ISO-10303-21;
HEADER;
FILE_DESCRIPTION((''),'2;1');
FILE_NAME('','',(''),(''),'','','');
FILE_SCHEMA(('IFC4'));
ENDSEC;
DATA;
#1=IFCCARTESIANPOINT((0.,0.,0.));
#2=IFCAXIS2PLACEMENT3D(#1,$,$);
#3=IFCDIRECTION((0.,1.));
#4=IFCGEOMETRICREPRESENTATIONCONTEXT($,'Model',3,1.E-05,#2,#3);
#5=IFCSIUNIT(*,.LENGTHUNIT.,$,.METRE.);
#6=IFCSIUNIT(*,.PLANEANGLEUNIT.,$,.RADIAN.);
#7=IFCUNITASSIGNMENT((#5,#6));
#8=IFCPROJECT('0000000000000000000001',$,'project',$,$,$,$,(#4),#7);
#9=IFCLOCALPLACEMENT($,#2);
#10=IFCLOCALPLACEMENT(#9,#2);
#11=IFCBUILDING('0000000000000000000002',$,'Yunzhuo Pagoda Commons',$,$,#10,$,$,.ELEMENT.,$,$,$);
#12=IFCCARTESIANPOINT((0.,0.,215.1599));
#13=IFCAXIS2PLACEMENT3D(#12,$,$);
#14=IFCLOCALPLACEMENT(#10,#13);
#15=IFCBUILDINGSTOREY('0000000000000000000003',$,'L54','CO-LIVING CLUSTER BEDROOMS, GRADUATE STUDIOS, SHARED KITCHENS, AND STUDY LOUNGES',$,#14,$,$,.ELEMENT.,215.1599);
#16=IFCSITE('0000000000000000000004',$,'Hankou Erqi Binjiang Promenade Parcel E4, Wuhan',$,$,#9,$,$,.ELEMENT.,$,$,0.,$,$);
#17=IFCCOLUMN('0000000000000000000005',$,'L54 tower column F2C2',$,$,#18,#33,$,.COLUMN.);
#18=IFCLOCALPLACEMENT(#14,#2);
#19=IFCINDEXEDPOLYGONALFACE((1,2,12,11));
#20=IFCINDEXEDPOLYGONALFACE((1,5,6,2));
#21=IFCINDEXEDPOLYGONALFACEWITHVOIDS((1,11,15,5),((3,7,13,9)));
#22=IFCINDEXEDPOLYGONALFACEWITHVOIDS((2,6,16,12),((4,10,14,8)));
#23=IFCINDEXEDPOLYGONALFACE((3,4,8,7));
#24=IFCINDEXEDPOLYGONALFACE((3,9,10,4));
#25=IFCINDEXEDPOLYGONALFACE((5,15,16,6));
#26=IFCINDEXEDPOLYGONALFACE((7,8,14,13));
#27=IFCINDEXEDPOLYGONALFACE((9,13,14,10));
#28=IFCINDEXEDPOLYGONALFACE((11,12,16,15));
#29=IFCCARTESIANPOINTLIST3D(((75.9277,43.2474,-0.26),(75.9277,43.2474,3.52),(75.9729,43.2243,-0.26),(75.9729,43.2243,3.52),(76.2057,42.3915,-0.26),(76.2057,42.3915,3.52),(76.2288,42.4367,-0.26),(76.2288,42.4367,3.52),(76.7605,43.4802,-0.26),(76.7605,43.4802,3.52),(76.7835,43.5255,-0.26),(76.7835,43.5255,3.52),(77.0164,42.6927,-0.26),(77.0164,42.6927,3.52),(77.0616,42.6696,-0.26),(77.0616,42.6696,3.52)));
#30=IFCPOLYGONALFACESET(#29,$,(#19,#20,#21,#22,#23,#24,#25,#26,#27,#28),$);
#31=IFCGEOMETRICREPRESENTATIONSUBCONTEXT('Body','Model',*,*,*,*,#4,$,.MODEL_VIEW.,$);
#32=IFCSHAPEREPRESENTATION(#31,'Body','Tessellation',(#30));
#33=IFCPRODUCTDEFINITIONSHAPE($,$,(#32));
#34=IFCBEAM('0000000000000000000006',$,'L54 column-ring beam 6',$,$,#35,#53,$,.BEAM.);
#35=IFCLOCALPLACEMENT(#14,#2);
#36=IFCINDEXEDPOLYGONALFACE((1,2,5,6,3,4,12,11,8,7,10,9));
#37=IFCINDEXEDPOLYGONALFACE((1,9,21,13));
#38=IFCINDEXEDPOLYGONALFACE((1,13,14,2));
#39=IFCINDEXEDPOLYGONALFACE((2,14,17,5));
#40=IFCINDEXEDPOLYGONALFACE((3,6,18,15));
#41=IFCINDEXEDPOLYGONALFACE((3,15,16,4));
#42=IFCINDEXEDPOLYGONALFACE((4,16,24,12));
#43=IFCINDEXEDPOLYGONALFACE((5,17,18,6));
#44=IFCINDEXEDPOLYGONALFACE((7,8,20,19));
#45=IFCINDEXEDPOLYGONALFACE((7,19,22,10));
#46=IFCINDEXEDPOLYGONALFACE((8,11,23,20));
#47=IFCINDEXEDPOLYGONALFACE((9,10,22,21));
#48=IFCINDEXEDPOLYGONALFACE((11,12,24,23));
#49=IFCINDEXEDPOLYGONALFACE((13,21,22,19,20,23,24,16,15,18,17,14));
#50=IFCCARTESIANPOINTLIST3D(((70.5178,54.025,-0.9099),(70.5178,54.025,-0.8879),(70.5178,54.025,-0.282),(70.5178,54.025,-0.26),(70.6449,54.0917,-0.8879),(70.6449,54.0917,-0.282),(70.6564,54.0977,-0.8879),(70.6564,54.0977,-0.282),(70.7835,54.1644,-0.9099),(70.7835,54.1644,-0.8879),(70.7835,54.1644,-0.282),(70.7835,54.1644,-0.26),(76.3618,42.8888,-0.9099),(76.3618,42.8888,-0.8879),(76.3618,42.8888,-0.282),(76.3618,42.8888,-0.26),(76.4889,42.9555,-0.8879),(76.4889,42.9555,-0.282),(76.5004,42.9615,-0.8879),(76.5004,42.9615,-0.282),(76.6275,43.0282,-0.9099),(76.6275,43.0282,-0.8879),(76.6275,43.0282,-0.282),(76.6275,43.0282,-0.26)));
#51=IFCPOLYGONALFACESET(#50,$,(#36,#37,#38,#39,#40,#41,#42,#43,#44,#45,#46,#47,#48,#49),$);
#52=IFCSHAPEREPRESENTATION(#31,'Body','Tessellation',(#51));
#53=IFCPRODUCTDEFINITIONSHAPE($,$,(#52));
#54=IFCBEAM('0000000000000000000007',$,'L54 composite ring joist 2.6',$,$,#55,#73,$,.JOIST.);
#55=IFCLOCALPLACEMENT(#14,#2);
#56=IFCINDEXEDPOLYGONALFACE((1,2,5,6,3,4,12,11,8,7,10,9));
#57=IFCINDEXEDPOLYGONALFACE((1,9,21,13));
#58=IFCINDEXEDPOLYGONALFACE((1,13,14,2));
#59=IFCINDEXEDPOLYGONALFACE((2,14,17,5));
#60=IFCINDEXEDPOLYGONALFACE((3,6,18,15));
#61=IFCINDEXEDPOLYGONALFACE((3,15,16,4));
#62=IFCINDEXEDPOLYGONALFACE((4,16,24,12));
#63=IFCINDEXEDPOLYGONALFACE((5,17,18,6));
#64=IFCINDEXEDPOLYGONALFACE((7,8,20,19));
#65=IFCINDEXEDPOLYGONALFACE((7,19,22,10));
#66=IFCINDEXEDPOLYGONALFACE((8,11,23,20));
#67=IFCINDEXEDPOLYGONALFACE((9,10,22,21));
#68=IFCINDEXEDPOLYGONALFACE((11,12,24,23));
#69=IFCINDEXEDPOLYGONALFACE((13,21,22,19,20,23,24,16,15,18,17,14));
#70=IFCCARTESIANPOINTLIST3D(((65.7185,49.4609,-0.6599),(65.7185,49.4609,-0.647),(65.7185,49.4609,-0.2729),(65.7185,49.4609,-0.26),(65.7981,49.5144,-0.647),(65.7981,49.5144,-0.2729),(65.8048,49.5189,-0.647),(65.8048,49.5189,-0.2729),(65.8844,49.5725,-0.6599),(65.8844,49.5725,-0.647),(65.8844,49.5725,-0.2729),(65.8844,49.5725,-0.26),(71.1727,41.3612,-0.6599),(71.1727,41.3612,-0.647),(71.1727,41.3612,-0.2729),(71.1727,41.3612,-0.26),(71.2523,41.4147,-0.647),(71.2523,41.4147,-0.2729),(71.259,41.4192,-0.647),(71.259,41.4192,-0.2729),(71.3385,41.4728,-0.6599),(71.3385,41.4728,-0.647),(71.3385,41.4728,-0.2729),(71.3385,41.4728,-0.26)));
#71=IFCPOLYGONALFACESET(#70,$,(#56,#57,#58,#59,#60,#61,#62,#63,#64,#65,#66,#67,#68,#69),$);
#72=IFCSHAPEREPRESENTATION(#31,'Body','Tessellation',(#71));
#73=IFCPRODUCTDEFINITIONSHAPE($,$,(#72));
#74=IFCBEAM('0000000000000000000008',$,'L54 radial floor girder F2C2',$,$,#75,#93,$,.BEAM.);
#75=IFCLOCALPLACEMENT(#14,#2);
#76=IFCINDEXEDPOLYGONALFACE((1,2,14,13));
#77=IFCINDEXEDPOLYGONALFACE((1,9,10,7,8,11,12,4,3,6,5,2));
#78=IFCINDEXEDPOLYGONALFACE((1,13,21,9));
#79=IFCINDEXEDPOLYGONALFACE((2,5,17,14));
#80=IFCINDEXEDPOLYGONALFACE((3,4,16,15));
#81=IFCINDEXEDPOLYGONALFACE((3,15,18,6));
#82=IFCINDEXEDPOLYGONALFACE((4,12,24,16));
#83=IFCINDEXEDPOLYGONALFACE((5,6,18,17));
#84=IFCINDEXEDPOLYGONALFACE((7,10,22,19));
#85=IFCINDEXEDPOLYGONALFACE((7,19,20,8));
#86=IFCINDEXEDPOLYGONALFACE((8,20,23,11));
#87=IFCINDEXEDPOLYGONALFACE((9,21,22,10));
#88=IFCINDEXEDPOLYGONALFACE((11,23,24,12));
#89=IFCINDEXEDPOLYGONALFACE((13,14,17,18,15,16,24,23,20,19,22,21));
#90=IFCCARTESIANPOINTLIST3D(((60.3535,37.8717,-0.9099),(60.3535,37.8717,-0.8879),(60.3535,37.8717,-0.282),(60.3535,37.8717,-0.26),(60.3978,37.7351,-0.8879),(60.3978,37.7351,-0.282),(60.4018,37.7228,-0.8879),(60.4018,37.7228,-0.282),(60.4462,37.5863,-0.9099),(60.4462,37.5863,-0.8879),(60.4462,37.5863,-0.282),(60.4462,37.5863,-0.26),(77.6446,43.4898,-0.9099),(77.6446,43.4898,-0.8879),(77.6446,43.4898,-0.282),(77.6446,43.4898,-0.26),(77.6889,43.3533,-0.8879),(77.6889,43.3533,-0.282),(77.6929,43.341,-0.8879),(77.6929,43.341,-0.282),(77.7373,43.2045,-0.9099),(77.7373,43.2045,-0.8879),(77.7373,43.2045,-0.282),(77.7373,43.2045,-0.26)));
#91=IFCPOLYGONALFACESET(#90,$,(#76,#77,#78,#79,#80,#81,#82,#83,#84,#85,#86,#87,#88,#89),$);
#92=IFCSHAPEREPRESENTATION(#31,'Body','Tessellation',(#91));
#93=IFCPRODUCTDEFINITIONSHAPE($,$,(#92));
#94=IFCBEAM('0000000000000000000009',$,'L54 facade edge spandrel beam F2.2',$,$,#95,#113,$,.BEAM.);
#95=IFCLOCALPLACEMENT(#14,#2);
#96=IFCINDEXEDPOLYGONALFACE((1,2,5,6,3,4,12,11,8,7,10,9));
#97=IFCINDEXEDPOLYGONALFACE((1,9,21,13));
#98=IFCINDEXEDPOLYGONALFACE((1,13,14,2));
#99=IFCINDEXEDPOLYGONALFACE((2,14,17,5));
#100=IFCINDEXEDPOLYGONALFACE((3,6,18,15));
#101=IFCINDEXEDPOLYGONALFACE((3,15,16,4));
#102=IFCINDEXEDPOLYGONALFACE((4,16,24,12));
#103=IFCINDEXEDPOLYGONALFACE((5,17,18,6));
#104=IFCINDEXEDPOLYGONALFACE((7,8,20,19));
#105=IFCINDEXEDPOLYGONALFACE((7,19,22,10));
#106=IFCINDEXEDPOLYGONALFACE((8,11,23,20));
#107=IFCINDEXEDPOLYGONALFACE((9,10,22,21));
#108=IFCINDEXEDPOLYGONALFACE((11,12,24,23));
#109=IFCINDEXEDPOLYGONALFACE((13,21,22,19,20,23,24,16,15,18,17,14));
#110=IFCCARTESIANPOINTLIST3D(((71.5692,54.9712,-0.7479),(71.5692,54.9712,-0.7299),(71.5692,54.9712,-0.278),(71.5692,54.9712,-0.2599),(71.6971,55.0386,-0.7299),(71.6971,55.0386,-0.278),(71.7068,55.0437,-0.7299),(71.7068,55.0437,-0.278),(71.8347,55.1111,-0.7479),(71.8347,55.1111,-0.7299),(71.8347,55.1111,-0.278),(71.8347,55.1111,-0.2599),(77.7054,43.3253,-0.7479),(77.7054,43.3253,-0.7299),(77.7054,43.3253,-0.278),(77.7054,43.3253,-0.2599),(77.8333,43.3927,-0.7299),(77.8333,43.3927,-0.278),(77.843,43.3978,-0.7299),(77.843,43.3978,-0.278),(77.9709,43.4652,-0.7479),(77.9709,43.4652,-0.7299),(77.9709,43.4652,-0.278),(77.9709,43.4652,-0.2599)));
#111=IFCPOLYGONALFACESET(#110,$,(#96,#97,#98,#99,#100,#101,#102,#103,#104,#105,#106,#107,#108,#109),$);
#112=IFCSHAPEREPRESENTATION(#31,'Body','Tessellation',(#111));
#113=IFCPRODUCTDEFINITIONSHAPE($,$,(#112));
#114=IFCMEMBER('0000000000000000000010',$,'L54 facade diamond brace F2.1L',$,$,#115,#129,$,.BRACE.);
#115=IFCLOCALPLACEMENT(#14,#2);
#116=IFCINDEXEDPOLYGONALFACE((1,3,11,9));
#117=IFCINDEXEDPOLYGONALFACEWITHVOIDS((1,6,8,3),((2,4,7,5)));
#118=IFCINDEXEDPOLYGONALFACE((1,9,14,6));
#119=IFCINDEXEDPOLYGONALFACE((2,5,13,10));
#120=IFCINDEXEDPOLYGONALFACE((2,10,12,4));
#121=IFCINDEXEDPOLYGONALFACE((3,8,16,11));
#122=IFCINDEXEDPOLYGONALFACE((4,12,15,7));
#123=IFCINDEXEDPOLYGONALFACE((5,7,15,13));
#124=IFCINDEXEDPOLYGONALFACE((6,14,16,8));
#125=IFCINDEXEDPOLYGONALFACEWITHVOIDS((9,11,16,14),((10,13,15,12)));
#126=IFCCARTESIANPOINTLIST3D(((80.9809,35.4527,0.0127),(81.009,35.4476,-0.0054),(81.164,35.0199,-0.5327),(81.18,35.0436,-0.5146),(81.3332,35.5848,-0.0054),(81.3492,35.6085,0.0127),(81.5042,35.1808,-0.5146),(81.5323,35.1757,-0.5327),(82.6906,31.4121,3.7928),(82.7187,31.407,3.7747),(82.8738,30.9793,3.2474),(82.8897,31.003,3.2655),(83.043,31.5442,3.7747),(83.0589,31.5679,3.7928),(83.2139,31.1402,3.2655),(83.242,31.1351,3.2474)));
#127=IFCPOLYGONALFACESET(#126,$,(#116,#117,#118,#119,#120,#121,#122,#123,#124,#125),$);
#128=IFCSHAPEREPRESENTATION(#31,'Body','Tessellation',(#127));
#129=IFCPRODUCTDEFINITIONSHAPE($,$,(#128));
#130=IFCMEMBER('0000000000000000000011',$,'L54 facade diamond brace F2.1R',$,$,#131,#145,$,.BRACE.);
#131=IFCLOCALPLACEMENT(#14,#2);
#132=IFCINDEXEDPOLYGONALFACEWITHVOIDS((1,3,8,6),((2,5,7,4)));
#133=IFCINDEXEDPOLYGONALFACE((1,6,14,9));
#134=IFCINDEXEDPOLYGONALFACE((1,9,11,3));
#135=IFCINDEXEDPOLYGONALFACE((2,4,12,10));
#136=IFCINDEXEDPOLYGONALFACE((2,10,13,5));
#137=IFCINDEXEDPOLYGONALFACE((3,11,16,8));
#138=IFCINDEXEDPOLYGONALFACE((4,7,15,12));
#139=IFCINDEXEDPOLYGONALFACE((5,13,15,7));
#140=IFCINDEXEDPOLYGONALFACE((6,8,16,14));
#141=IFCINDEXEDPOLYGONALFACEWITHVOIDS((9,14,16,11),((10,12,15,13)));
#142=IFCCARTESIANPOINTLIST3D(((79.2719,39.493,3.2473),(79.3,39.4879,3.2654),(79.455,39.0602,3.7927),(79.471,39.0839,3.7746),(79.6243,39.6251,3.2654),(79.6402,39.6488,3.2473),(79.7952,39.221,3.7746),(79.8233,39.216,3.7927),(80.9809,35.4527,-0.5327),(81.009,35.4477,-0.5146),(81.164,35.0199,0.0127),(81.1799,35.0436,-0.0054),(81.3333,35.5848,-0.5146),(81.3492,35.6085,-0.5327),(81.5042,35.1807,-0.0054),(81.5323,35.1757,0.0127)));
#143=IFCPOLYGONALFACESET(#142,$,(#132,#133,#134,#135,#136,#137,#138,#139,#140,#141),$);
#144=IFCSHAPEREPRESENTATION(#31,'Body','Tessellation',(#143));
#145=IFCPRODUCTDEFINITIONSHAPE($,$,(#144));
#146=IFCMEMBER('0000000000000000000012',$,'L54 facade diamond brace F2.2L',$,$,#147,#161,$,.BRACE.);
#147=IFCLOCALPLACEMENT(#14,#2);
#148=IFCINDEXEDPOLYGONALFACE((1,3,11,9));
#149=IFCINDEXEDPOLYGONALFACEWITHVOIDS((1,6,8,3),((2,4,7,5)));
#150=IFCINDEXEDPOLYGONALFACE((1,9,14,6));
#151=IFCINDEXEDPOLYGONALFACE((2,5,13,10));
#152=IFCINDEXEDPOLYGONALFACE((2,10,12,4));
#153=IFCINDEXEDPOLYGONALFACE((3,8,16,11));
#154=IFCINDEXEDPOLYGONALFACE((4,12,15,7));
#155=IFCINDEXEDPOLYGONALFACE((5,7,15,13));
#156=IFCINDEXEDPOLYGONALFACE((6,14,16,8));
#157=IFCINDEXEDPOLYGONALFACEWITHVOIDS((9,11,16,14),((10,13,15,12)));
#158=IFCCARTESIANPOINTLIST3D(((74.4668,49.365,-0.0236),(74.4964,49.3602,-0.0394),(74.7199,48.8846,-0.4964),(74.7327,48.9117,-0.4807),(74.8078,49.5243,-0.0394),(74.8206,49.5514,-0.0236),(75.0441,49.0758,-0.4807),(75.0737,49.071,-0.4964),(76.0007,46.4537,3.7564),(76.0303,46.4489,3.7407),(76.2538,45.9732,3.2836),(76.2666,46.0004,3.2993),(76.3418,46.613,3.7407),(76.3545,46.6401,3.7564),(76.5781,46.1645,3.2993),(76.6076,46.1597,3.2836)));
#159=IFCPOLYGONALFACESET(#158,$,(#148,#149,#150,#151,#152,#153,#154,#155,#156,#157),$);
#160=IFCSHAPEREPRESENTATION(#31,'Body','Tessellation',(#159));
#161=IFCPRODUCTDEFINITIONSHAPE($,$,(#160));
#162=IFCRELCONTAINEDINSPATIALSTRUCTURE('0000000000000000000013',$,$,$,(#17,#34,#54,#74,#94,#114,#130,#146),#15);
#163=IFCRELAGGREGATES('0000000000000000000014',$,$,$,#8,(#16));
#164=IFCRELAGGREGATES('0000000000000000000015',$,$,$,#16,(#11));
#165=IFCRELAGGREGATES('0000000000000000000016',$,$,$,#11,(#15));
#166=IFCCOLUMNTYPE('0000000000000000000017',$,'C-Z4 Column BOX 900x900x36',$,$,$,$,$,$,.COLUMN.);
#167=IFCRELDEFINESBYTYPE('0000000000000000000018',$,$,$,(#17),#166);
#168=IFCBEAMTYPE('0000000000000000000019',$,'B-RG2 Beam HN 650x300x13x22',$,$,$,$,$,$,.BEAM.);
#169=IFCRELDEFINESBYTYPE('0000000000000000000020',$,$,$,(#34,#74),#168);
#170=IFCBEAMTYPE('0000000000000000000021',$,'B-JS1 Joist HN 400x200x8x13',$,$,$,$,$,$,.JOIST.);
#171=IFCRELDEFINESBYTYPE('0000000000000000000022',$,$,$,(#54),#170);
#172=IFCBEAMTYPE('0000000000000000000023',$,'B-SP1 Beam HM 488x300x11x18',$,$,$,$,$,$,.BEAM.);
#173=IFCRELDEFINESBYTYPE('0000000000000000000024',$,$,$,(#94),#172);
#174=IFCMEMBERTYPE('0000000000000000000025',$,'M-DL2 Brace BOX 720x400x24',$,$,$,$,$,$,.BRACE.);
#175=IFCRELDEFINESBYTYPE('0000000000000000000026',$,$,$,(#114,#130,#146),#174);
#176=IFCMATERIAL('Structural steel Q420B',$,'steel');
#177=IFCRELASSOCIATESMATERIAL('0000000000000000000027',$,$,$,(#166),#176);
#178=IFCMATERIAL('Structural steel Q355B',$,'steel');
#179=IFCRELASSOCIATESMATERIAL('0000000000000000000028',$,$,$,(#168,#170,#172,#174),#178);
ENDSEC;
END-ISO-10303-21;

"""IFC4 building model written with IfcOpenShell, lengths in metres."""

from ifc_helpers import new_model, si_unit, direction, frame, origin, origin_2d, place, context, subcontext, project, spatial, hollow_rectangle, i_section, extrude, source, transform, mapped, material, material_profile, profile_set, type_object, element, save


model = new_model("IFC4")

# Units and contexts
model_context = context("Model", 3, precision=1e-05, world=origin(), true_north=direction((0.0, 1.0)))
body_context = subcontext(model_context, "Body", "Model", "MODEL_VIEW")
ifc_project = project(units=[si_unit("LENGTHUNIT", "METRE"), si_unit("PLANEANGLEUNIT", "RADIAN")], contexts=[model_context])

# Site, building, storey
site_placement = place(None, origin())
site = spatial("IfcSite", under=ifc_project, at=site_placement, Name="Hankou Erqi Binjiang Promenade Parcel E4, Wuhan", CompositionType="ELEMENT", RefElevation=0.0)
building_placement = place(site_placement, origin())
building = spatial("IfcBuilding", under=site, at=building_placement, Name="Yunzhuo Pagoda Commons", CompositionType="ELEMENT")
storey_placement = place(building_placement, frame((0.0, 0.0, 215.1599)))
storey = spatial("IfcBuildingStorey", under=building, at=storey_placement, Name="L54", Description="CO-LIVING CLUSTER BEDROOMS, GRADUATE STUDIOS, SHARED KITCHENS, AND STUDY LOUNGES", CompositionType="ELEMENT", Elevation=215.1599)

# Column
ifc_material_1 = material(Name="Structural steel Q420B", Category="steel")
ifc_material_profile_1 = material_profile(ifc_material_1, hollow_rectangle(XDim=0.8999, YDim=0.8999, WallThickness=0.0359, at=origin_2d()), Name="Structural steel Q420B")
ifc_profile_set_1 = profile_set([ifc_material_profile_1], Name="Structural steel Q420B")
column_type = type_object("IfcColumnType", Name="C-Z4 Column BOX 900x900x36", PredefinedType="COLUMN", material=ifc_profile_set_1)
shared_shape_1 = source(origin(), body_context, "Body", "SweptSolid", [
    extrude(hollow_rectangle(XDim=0.8999, YDim=0.8999, WallThickness=0.0359, at=origin_2d()), origin(), (0.0, 0.0, 1.0), 3.78),
])
column_placement = place(storey_placement, frame((76.4946, 42.9585, -0.26), z_axis=(0.0, 0.0, 1.0), x_axis=(-0.309017, 0.951057, 0.0)))
element("IfcColumn", 1, at=column_placement, inside=storey, type_object=column_type, Name="L54 tower column F2C2", PredefinedType="COLUMN", context=body_context, shape_type="MappedRepresentation", body=[
    mapped(shared_shape_1, transform((0.0, 0.0, 0.0), scale=1.0)),
])

# Beams
ifc_material_2 = material(Name="Structural steel Q355B", Category="steel")
ifc_material_profile_2 = material_profile(ifc_material_2, i_section(OverallWidth=0.3, OverallDepth=0.6499, WebThickness=0.0129, FlangeThickness=0.022, at=origin_2d()), Name="Structural steel Q355B")
ifc_profile_set_2 = profile_set([ifc_material_profile_2], Name="Structural steel Q355B")
beam_type_1 = type_object("IfcBeamType", Name="B-RG2 Beam HN 650x300x13x22", PredefinedType="BEAM", material=ifc_profile_set_2)
shared_shape_2 = source(origin(), body_context, "Body", "SweptSolid", [
    extrude(i_section(OverallWidth=0.3, OverallDepth=0.6499, WebThickness=0.0129, FlangeThickness=0.022, at=origin_2d()), origin(), (0.0, 0.0, 1.0), 12.5764),
])
beam_1_placement = place(storey_placement, frame((76.4946, 42.9585, -0.585), z_axis=(-0.464676, 0.885481, 0.0), x_axis=(-0.885481, -0.464676, 0.0)))
element("IfcBeam", 2, at=beam_1_placement, inside=storey, type_object=beam_type_1, Name="L54 column-ring beam 6", PredefinedType="BEAM", context=body_context, shape_type="MappedRepresentation", body=[
    mapped(shared_shape_2, transform((0.0, 0.0, 0.0), scale=1.0)),
])
ifc_material_profile_3 = material_profile(ifc_material_2, i_section(OverallWidth=0.2, OverallDepth=0.3999, WebThickness=0.0081, FlangeThickness=0.0129, at=origin_2d()), Name="Structural steel Q355B")
ifc_profile_set_3 = profile_set([ifc_material_profile_3], Name="Structural steel Q355B")
beam_type_2 = type_object("IfcBeamType", Name="B-JS1 Joist HN 400x200x8x13", PredefinedType="JOIST", material=ifc_profile_set_3)
shared_shape_3 = source(origin(), body_context, "Body", "SweptSolid", [
    extrude(i_section(OverallWidth=0.2, OverallDepth=0.3999, WebThickness=0.0081, FlangeThickness=0.0129, at=origin_2d()), origin(), (0.0, 0.0, 1.0), 9.7649),
])
beam_2_placement = place(storey_placement, frame((71.2556, 41.417, -0.46), z_axis=(-0.558548, 0.829472, 0.0), x_axis=(-0.829472, -0.558548, 0.0)))
element("IfcBeam", 3, at=beam_2_placement, inside=storey, type_object=beam_type_2, Name="L54 composite ring joist 2.6", PredefinedType="JOIST", context=body_context, shape_type="MappedRepresentation", body=[
    mapped(shared_shape_3, transform((0.0, 0.0, 0.0), scale=1.0)),
])
shared_shape_4 = source(origin(), body_context, "Body", "SweptSolid", [
    extrude(i_section(OverallWidth=0.3, OverallDepth=0.6499, WebThickness=0.0129, FlangeThickness=0.022, at=origin_2d()), origin(), (0.0, 0.0, 1.0), 18.1809),
])
beam_3_placement = place(storey_placement, frame((77.6909, 43.3472, -0.585), z_axis=(-0.951057, -0.309016, 0.0), x_axis=(0.309016, -0.951057, 0.0)))
element("IfcBeam", 4, at=beam_3_placement, inside=storey, type_object=beam_type_1, Name="L54 radial floor girder F2C2", PredefinedType="BEAM", context=body_context, shape_type="MappedRepresentation", body=[
    mapped(shared_shape_4, transform((0.0, 0.0, 0.0), scale=1.0)),
])
ifc_material_profile_4 = material_profile(ifc_material_2, i_section(OverallWidth=0.3, OverallDepth=0.488, WebThickness=0.011, FlangeThickness=0.0181, at=origin_2d()), Name="Structural steel Q355B")
ifc_profile_set_4 = profile_set([ifc_material_profile_4], Name="Structural steel Q355B")
beam_type_3 = type_object("IfcBeamType", Name="B-SP1 Beam HM 488x300x11x18", PredefinedType="BEAM", material=ifc_profile_set_4)
shared_shape_5 = source(origin(), body_context, "Body", "SweptSolid", [
    extrude(i_section(OverallWidth=0.3, OverallDepth=0.488, WebThickness=0.011, FlangeThickness=0.0181, at=origin_2d()), origin(), (0.0, 0.0, 1.0), 13.1636),
])
beam_4_placement = place(storey_placement, frame((77.8381, 43.3953, -0.5039), z_axis=(-0.466148, 0.884707, 0.0), x_axis=(-0.884707, -0.466148, 0.0)))
element("IfcBeam", 5, at=beam_4_placement, inside=storey, type_object=beam_type_3, Name="L54 facade edge spandrel beam F2.2", PredefinedType="BEAM", context=body_context, shape_type="MappedRepresentation", body=[
    mapped(shared_shape_5, transform((0.0, 0.0, 0.0), scale=1.0)),
])

# Members
ifc_material_profile_5 = material_profile(ifc_material_2, hollow_rectangle(XDim=0.3999, YDim=0.72, WallThickness=0.0239, at=origin_2d()), Name="Structural steel Q355B")
ifc_profile_set_5 = profile_set([ifc_material_profile_5], Name="Structural steel Q355B")
member_type_1 = type_object("IfcMemberType", Name="M-DL2 Brace BOX 720x400x24", PredefinedType="BRACE", material=ifc_profile_set_5)
shared_shape_6 = source(origin(), body_context, "Body", "SweptSolid", [
    extrude(hollow_rectangle(XDim=0.3999, YDim=0.72, WallThickness=0.0239, at=origin_2d()), origin(), (0.0, 0.0, 1.0), 5.7913),
])
member_1_placement = place(storey_placement, frame((81.2566, 35.3142, -0.26), z_axis=(0.295228, -0.697705, 0.652723), x_axis=(0.920946, 0.389691, 0.0)))
element("IfcMember", 6, at=member_1_placement, inside=storey, type_object=member_type_1, Name="L54 facade diamond brace F2.1L", PredefinedType="BRACE", context=body_context, shape_type="MappedRepresentation", body=[
    mapped(shared_shape_6, transform((0.0, 0.0, 0.0), scale=1.0)),
])
shared_shape_7 = source(origin(), body_context, "Body", "SweptSolid", [
    extrude(hollow_rectangle(XDim=0.3999, YDim=0.72, WallThickness=0.0239, at=origin_2d()), origin(), (0.0, 0.0, 1.0), 5.7908),
])
member_2_placement = place(storey_placement, frame((81.2566, 35.3142, -0.26), z_axis=(-0.295122, 0.69771, 0.652767), x_axis=(-0.920997, -0.389569, 0.0)))
element("IfcMember", 7, at=member_2_placement, inside=storey, type_object=member_type_1, Name="L54 facade diamond brace F2.1R", PredefinedType="BRACE", context=body_context, shape_type="MappedRepresentation", body=[
    mapped(shared_shape_7, transform((0.0, 0.0, 0.0), scale=1.0)),
])
shared_shape_8 = source(origin(), body_context, "Body", "SweptSolid", [
    extrude(hollow_rectangle(XDim=0.3999, YDim=0.72, WallThickness=0.0239, at=origin_2d()), origin(), (0.0, 0.0, 1.0), 5.0117),
])
member_3_placement = place(storey_placement, frame((74.7703, 49.218, -0.26), z_axis=(0.306067, -0.58091, 0.754233), x_axis=(0.884714, 0.466135, 0.0)))
element("IfcMember", 8, at=member_3_placement, inside=storey, type_object=member_type_1, Name="L54 facade diamond brace F2.2L", PredefinedType="BRACE", context=body_context, shape_type="MappedRepresentation", body=[
    mapped(shared_shape_8, transform((0.0, 0.0, 0.0), scale=1.0)),
])

save(model, "model.ifc")
